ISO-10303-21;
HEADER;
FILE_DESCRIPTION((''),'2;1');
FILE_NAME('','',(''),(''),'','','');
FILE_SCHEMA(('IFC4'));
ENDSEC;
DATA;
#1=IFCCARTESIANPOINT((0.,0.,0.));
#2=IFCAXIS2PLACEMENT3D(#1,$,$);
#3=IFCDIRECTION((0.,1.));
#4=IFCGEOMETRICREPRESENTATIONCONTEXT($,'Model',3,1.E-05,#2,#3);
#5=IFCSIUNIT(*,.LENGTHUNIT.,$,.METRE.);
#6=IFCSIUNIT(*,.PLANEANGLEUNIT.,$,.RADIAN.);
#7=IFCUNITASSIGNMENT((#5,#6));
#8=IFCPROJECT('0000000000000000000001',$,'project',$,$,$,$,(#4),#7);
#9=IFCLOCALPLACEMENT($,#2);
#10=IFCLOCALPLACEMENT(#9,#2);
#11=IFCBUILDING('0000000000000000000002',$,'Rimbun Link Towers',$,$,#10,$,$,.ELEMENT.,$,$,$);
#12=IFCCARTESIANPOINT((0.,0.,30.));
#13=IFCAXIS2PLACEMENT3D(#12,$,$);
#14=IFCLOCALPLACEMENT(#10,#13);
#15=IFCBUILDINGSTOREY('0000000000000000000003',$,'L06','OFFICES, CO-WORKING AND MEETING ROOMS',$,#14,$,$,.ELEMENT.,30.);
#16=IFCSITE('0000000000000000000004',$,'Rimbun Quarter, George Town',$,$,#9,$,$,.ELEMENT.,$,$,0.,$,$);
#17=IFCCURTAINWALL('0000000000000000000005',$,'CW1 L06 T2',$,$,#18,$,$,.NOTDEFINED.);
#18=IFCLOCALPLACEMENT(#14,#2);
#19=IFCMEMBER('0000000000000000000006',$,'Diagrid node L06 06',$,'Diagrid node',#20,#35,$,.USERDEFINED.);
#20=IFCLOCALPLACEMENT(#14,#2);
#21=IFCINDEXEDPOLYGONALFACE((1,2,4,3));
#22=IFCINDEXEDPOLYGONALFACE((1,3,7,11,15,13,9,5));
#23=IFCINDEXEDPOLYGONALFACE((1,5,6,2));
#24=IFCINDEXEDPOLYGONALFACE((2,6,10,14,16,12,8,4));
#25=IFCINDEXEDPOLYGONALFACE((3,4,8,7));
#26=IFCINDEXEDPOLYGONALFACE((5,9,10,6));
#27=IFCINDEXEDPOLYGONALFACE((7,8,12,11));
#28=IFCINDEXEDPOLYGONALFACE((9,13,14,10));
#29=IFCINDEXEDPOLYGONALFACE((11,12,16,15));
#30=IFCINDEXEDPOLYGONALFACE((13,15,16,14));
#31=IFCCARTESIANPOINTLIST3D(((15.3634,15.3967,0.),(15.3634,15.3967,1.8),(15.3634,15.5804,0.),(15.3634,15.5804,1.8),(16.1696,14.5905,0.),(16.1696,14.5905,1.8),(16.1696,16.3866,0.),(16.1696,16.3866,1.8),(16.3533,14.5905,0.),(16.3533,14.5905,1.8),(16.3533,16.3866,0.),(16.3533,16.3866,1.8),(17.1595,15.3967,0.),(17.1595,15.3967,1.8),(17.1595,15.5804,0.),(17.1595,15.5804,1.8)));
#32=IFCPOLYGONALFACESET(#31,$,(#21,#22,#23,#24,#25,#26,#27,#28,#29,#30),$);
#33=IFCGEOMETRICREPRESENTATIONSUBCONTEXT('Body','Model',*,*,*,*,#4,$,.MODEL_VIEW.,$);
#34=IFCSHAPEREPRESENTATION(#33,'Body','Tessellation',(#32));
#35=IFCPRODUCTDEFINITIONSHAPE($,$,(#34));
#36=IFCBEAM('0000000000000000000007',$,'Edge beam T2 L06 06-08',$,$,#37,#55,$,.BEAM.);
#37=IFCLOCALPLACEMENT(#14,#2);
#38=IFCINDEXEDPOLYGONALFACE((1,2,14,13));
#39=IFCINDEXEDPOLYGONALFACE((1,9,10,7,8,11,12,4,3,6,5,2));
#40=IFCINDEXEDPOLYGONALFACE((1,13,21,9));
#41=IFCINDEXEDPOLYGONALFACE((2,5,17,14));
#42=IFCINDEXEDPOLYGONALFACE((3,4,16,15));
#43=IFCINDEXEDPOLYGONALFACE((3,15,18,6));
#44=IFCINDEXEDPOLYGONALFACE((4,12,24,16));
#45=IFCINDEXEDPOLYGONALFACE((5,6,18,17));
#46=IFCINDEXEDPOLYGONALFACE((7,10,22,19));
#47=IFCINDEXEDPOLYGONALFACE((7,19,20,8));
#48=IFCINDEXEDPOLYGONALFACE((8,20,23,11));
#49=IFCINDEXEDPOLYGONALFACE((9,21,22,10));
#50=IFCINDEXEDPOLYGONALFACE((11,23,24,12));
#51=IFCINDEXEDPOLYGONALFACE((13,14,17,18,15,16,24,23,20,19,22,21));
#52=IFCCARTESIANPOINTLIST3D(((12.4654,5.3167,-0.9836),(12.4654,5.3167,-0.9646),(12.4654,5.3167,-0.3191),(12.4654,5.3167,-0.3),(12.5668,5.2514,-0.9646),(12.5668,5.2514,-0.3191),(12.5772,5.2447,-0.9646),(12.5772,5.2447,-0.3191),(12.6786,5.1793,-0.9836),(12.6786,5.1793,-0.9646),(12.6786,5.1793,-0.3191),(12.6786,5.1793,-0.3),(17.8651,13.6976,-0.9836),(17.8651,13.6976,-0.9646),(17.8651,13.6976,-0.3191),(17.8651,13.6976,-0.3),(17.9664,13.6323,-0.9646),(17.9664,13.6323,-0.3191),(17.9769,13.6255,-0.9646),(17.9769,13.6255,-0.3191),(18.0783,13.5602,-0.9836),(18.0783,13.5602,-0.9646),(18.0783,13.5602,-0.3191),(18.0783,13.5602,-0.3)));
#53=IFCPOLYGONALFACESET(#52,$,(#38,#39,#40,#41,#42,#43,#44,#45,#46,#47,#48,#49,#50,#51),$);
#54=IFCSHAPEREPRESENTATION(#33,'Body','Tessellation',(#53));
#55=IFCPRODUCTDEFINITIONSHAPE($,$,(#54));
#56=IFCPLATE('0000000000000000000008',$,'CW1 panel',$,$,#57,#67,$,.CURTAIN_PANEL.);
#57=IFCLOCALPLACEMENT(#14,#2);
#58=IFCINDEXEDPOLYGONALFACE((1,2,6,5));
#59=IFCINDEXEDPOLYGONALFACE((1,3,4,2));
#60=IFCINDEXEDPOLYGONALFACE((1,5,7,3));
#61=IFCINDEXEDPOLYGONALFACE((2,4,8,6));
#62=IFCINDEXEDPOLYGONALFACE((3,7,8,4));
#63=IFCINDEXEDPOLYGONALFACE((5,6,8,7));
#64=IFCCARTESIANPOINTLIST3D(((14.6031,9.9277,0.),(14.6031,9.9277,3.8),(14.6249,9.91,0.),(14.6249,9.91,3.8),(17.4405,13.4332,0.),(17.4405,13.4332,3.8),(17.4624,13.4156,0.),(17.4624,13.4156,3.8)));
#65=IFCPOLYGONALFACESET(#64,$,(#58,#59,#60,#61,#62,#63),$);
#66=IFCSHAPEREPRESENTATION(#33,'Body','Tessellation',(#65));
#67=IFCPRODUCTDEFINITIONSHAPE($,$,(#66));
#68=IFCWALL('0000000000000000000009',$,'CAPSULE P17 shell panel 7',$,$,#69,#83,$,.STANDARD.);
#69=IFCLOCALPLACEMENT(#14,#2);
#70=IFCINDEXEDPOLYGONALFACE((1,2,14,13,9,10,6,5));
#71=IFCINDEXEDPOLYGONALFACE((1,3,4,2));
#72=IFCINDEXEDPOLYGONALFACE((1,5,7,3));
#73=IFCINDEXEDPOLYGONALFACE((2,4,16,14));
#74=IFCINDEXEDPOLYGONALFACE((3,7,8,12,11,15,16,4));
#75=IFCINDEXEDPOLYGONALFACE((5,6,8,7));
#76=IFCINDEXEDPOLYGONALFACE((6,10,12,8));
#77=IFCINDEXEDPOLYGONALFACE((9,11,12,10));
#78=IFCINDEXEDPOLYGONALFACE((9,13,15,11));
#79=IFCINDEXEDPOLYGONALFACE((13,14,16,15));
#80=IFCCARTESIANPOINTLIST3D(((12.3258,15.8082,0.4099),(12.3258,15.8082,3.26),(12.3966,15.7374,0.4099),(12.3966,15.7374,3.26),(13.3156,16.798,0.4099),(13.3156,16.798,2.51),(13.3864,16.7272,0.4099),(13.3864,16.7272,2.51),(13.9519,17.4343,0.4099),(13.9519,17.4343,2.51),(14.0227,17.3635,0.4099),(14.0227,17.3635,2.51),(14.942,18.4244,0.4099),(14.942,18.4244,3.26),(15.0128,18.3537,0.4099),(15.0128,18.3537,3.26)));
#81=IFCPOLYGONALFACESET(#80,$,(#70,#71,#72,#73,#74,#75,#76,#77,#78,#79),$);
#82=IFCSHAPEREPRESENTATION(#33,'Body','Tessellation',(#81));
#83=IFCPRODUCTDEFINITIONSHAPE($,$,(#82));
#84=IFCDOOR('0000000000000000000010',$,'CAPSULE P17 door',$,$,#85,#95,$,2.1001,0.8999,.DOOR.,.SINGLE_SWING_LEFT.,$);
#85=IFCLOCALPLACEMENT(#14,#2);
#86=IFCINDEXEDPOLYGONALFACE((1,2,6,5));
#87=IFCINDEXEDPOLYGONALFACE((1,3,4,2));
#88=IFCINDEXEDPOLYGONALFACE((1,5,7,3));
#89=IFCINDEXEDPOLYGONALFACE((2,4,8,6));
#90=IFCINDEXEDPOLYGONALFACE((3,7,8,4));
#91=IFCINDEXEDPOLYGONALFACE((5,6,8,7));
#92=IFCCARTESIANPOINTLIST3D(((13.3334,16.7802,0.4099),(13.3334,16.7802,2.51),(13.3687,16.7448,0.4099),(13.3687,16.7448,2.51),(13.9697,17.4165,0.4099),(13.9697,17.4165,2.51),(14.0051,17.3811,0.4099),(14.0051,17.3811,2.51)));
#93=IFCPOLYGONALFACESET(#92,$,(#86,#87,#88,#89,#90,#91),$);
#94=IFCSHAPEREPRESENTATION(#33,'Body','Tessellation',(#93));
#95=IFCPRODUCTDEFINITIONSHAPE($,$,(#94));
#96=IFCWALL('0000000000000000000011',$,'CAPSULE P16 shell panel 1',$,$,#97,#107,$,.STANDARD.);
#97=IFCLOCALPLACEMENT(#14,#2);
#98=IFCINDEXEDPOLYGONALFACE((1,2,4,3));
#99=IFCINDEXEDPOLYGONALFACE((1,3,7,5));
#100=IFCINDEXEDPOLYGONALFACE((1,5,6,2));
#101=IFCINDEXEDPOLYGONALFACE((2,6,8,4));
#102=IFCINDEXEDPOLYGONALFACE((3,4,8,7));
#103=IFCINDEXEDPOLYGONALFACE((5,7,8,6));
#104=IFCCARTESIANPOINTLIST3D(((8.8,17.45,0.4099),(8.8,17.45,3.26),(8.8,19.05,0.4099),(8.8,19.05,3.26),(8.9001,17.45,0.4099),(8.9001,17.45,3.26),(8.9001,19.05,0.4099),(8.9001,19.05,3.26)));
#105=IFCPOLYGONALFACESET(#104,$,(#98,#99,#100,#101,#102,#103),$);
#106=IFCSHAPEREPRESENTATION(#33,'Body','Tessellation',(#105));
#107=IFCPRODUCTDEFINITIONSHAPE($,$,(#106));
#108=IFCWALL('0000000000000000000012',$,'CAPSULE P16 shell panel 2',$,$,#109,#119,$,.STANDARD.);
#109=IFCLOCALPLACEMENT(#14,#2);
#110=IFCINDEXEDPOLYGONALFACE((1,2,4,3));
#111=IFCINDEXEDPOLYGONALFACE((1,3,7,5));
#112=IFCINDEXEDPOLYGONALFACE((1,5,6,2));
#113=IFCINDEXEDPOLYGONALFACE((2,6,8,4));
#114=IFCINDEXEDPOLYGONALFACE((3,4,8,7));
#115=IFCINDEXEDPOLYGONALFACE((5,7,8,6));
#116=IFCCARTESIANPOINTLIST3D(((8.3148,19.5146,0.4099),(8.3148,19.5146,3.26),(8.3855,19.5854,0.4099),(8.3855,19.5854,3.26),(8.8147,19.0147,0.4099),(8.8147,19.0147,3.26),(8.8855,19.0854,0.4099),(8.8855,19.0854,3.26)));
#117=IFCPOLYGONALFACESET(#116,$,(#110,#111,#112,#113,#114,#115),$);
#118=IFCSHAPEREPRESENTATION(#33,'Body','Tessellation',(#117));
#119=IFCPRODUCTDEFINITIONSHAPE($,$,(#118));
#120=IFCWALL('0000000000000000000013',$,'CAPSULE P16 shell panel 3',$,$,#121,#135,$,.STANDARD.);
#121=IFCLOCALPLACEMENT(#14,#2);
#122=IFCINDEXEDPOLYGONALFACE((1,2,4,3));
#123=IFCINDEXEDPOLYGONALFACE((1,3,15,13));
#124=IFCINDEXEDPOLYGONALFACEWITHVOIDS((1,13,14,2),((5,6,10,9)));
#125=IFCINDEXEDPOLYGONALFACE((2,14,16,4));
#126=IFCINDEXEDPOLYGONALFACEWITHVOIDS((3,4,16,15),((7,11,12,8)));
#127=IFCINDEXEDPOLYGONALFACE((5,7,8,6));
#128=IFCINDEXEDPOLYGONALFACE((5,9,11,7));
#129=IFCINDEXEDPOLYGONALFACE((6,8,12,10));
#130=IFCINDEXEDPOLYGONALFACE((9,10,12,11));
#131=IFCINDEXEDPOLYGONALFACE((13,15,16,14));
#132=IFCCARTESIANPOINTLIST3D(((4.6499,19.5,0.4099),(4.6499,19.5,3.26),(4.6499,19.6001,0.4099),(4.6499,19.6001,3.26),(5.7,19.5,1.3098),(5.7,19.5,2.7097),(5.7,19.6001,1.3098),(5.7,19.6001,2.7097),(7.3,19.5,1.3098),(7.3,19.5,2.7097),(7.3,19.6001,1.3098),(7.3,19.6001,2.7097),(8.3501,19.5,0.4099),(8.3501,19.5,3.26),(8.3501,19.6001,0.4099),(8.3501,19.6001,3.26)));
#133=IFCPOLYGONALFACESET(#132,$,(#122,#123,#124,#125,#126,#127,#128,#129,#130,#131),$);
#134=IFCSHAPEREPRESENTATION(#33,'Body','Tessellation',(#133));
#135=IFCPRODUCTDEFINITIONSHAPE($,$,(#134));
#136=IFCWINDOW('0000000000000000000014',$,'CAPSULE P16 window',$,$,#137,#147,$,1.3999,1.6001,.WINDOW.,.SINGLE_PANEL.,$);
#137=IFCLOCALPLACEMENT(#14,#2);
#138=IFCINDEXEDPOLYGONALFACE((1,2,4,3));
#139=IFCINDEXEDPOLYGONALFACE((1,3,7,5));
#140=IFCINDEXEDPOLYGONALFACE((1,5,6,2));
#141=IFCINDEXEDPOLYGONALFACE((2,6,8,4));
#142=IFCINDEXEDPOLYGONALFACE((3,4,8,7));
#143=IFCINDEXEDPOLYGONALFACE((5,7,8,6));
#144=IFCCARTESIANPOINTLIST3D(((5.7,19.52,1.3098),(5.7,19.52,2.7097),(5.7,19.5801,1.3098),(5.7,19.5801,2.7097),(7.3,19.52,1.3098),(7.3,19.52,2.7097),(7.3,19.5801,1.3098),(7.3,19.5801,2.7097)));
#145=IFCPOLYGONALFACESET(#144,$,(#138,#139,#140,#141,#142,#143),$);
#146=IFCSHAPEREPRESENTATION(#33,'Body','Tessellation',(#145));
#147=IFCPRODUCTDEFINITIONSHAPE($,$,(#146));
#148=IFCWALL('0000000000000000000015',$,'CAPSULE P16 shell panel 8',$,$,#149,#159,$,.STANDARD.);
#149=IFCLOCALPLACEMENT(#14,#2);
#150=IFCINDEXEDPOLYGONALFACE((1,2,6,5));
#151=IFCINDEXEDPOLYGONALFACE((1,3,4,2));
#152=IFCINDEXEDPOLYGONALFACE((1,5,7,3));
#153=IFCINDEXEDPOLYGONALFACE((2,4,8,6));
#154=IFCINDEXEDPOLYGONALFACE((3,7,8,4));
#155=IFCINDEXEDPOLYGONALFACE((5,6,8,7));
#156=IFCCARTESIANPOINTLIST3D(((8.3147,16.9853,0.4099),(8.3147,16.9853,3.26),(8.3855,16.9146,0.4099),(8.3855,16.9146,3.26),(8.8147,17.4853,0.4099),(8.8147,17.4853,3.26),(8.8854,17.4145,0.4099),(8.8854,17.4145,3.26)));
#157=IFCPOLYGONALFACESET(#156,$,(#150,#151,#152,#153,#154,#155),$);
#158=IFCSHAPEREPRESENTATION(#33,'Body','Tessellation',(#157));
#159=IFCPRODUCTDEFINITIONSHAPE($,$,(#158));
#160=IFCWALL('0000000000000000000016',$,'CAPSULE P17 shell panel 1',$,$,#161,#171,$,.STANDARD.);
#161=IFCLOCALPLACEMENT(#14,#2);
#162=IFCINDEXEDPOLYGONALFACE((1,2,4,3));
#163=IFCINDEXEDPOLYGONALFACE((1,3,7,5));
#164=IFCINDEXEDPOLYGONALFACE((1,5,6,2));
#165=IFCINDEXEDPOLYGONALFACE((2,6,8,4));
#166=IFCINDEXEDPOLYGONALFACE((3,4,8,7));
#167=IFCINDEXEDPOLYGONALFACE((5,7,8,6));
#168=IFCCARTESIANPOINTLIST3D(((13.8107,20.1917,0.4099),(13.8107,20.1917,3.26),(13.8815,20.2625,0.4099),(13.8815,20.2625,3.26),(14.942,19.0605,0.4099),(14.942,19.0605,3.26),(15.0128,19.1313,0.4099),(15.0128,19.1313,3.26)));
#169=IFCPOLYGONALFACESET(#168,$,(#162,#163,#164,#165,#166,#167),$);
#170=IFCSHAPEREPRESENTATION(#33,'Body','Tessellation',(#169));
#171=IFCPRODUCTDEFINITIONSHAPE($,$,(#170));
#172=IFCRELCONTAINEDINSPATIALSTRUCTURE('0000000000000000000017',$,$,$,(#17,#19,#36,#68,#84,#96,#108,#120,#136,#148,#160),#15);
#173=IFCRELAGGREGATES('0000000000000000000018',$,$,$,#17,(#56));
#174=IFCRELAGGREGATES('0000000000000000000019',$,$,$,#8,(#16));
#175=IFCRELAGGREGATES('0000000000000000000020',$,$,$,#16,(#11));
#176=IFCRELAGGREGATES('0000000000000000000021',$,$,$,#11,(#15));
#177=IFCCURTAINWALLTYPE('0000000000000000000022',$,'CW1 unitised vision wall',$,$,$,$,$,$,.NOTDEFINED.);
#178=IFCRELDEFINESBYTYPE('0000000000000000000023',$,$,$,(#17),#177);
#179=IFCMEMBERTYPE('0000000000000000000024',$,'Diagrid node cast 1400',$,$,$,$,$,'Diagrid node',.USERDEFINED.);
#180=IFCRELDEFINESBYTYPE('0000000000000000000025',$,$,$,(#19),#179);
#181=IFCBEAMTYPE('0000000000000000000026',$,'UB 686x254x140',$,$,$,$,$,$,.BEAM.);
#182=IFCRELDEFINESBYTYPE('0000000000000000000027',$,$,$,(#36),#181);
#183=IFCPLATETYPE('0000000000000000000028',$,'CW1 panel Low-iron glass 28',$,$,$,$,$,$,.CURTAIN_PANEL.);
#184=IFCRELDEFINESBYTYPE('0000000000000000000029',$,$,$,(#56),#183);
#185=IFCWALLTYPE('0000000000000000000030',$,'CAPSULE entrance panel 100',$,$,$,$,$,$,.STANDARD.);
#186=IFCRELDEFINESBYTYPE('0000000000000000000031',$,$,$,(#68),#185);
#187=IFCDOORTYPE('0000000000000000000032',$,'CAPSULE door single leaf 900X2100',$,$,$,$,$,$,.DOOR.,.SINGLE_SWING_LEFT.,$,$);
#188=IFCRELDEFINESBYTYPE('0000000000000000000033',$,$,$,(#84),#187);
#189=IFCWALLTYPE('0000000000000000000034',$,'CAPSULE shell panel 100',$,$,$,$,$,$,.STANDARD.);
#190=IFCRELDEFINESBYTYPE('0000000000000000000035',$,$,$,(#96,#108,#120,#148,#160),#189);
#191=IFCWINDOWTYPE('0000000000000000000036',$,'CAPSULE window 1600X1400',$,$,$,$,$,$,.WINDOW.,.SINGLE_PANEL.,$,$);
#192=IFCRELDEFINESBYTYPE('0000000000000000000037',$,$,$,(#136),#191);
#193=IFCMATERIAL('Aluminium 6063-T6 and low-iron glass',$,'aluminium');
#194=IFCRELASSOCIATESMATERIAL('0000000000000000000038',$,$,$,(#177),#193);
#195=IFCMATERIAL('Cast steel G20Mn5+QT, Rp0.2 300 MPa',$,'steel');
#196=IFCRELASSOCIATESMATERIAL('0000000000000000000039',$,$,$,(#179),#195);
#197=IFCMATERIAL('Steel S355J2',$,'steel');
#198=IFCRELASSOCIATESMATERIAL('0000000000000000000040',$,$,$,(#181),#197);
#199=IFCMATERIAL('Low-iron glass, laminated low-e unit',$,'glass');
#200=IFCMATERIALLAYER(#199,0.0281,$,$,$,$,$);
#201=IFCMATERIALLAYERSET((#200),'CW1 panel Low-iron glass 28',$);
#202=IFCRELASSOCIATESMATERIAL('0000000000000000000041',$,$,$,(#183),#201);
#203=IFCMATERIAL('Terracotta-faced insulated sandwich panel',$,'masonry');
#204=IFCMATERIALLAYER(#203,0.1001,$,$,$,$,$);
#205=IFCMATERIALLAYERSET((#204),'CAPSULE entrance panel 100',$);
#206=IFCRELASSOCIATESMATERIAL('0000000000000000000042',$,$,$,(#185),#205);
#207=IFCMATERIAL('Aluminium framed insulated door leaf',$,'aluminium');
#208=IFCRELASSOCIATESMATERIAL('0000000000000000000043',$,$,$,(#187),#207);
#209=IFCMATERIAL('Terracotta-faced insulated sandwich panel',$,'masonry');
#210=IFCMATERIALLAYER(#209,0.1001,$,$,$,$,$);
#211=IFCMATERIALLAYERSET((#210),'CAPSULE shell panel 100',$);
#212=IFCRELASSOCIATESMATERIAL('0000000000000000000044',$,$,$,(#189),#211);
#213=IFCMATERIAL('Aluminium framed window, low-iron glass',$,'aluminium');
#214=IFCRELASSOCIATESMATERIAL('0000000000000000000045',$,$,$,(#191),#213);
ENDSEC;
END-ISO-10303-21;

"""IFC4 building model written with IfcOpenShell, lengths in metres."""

from ifc_helpers import new_model, si_unit, direction, frame, frame_2d, origin, origin_2d, place, context, subcontext, project, spatial, polyline, rectangle, i_section, outline, extrude, material, layer, layer_set, material_profile, profile_set, type_object, element, fill, aggregate, save


model = new_model("IFC4")

# Units and contexts
model_context = context("Model", 3, precision=1e-05, world=origin(), true_north=direction((0.0, 1.0)))
body_context = subcontext(model_context, "Body", "Model", "MODEL_VIEW")
ifc_project = project(units=[si_unit("LENGTHUNIT", "METRE"), si_unit("PLANEANGLEUNIT", "RADIAN")], contexts=[model_context])

# Site, building, storey
site_placement = place(None, origin())
site = spatial("IfcSite", under=ifc_project, at=site_placement, Name="Rimbun Quarter, George Town", CompositionType="ELEMENT", RefElevation=0.0)
building_placement = place(site_placement, origin())
building = spatial("IfcBuilding", under=site, at=building_placement, Name="Rimbun Link Towers", CompositionType="ELEMENT")
storey_placement = place(building_placement, frame((0.0, 0.0, 30.0)))
storey = spatial("IfcBuildingStorey", under=building, at=storey_placement, Name="L06", Description="OFFICES, CO-WORKING AND MEETING ROOMS", CompositionType="ELEMENT", Elevation=30.0)

# Curtain wall
ifc_material_1 = material(Name="Aluminium 6063-T6 and low-iron glass", Category="aluminium")
curtain_wall_type = type_object("IfcCurtainWallType", Name="CW1 unitised vision wall", PredefinedType="NOTDEFINED", material=ifc_material_1)
curtain_wall_placement = place(storey_placement, origin())
curtain_wall = element("IfcCurtainWall", 1, at=curtain_wall_placement, inside=storey, type_object=curtain_wall_type, Name="CW1 L06 T2", PredefinedType="NOTDEFINED")

# Member
ifc_material_2 = material(Name="Cast steel G20Mn5+QT, Rp0.2 300 MPa", Category="steel")
ifc_material_profile_1 = material_profile(ifc_material_2, outline(polyline([(0.7, -0.5701), (0.7, 0.5701), (0.5701, 0.7), (-0.5701, 0.7), (-0.7, 0.5701), (-0.7, -0.5701), (-0.5701, -0.7), (0.5701, -0.7), (0.7, -0.5701)])), Name="NODE 1400x1400")
ifc_profile_set_1 = profile_set([ifc_material_profile_1], Name="Cast steel G20Mn5+QT, Rp0.2 300 MPa")
member_type_1 = type_object("IfcMemberType", Name="Diagrid node cast 1400", ElementType="Diagrid node", PredefinedType="USERDEFINED", material=ifc_profile_set_1)
member_1_placement = place(storey_placement, frame((16.2615, 15.4885, 0.0), z_axis=(0.0, 0.0, 1.0), x_axis=(-0.707107, 0.707107, 0.0)))
element("IfcMember", 2, at=member_1_placement, inside=storey, type_object=member_type_1, Name="Diagrid node L06 06", ObjectType="Diagrid node", PredefinedType="USERDEFINED", context=body_context, shape_type="SweptSolid", body=[
    extrude(outline(polyline([(0.7, -0.5701), (0.7, 0.5701), (0.5701, 0.7), (-0.5701, 0.7), (-0.7, 0.5701), (-0.7, -0.5701), (-0.5701, -0.7), (0.5701, -0.7), (0.7, -0.5701)])), origin(), (0.0, 0.0, 1.0), 1.8),
])

# Beam
ifc_material_3 = material(Name="Steel S355J2", Category="steel")
ifc_material_profile_2 = material_profile(ifc_material_3, i_section(OverallWidth=0.2537, OverallDepth=0.6836, WebThickness=0.0125, FlangeThickness=0.019, at=origin_2d()), Name="UB 686x254x140")
ifc_profile_set_2 = profile_set([ifc_material_profile_2], Name="Steel S355J2")
beam_type = type_object("IfcBeamType", Name="UB 686x254x140", PredefinedType="BEAM", material=ifc_profile_set_2)
beam_placement = place(storey_placement, frame((17.9717, 13.6289, -0.6418), z_axis=(-0.541606, -0.840632, 0.0), x_axis=(0.840632, -0.541606, 0.0)))
element("IfcBeam", 3, at=beam_placement, inside=storey, type_object=beam_type, Name="Edge beam T2 L06 06-08", PredefinedType="BEAM", context=body_context, shape_type="SweptSolid", body=[
    extrude(i_section(OverallWidth=0.2537, OverallDepth=0.6836, WebThickness=0.0125, FlangeThickness=0.019, at=origin_2d()), origin(), (0.0, 0.0, 1.0), 9.9697),
])

# Plate
ifc_material_4 = material(Name="Low-iron glass, laminated low-e unit", Category="glass")
ifc_layer_1 = layer(ifc_material_4, 0.0281)
ifc_layer_set_1 = layer_set([ifc_layer_1], Name="CW1 panel Low-iron glass 28")
plate_type = type_object("IfcPlateType", Name="CW1 panel Low-iron glass 28", PredefinedType="CURTAIN_PANEL", material=ifc_layer_set_1)
plate_placement = place(storey_placement, frame((16.0327, 11.6716, 0.0), z_axis=(0.0, 0.0, 1.0), x_axis=(0.629151, 0.777283, 0.0)))
plate = element("IfcPlate", 4, at=plate_placement, type_object=plate_type, Name="CW1 panel", PredefinedType="CURTAIN_PANEL", context=body_context, shape_type="SweptSolid", body=[
    extrude(rectangle(XDim=4.51, YDim=0.0281, at=origin_2d()), origin(), (0.0, 0.0, 1.0), 3.8),
])
aggregate(curtain_wall, [plate])

# Wall, opening, door
ifc_material_5 = material(Name="Terracotta-faced insulated sandwich panel", Category="masonry")
ifc_layer_2 = layer(ifc_material_5, 0.1001)
ifc_layer_set_2 = layer_set([ifc_layer_2], Name="CAPSULE entrance panel 100")
wall_type_1 = type_object("IfcWallType", Name="CAPSULE entrance panel 100", PredefinedType="STANDARD", material=ifc_layer_set_2)
wall_1_placement = place(storey_placement, frame((12.3611, 15.7727, 0.4099), z_axis=(0.0, 0.0, 1.0), x_axis=(0.707107, 0.707107, 0.0)))
wall_1 = element("IfcWall", 5, at=wall_1_placement, inside=storey, type_object=wall_type_1, Name="CAPSULE P17 shell panel 7", PredefinedType="STANDARD", context=body_context, shape_type="SweptSolid", body=[
    extrude(rectangle(XDim=3.7, YDim=0.1001, at=frame_2d((1.8501, 0.0))), origin(), (0.0, 0.0, 1.0), 2.8501),
])
opening_1_placement = place(wall_1_placement, frame((1.3999, 0.0, 0.0)))
opening_1 = element("IfcOpeningElement", 6, at=opening_1_placement, cuts=wall_1, PredefinedType="OPENING", context=body_context, shape_type="SweptSolid", body=[
    extrude(rectangle(XDim=0.8999, YDim=2.1001, at=frame_2d((0.45, 1.05))), frame((0.0, 0.0601, 0.0), z_axis=(0.0, -1.0, 0.0), x_axis=(1.0, 0.0, 0.0)), (0.0, 0.0, 1.0), 0.1201),
])
ifc_material_6 = material(Name="Aluminium framed insulated door leaf", Category="aluminium")
door_type = type_object("IfcDoorType", Name="CAPSULE door single leaf 900X2100", OperationType="SINGLE_SWING_LEFT", PredefinedType="DOOR", material=ifc_material_6)
door_placement = place(opening_1_placement, origin())
door = element("IfcDoor", 7, at=door_placement, inside=storey, type_object=door_type, Name="CAPSULE P17 door", OperationType="SINGLE_SWING_LEFT", OverallHeight=2.1001, OverallWidth=0.8999, PredefinedType="DOOR", context=body_context, shape_type="SweptSolid", body=[
    extrude(rectangle(XDim=0.8999, YDim=2.1001, at=frame_2d((0.45, 1.05))), frame((0.0, 0.0249, 0.0), z_axis=(0.0, -1.0, 0.0), x_axis=(1.0, 0.0, 0.0)), (0.0, 0.0, 1.0), 0.05),
])
fill(opening_1, door)

# Walls
ifc_material_7 = material(Name="Terracotta-faced insulated sandwich panel", Category="masonry")
ifc_layer_3 = layer(ifc_material_7, 0.1001)
ifc_layer_set_3 = layer_set([ifc_layer_3], Name="CAPSULE shell panel 100")
wall_type_2 = type_object("IfcWallType", Name="CAPSULE shell panel 100", PredefinedType="STANDARD", material=ifc_layer_set_3)
wall_2_placement = place(storey_placement, frame((8.8501, 17.45, 0.4099), z_axis=(0.0, 0.0, 1.0), x_axis=(0.0, 1.0, 0.0)))
element("IfcWall", 8, at=wall_2_placement, inside=storey, type_object=wall_type_2, Name="CAPSULE P16 shell panel 1", PredefinedType="STANDARD", context=body_context, shape_type="SweptSolid", body=[
    extrude(rectangle(XDim=1.6001, YDim=0.1001, at=frame_2d((0.8, 0.0))), origin(), (0.0, 0.0, 1.0), 2.8501),
])
wall_3_placement = place(storey_placement, frame((8.8501, 19.05, 0.4099), z_axis=(0.0, 0.0, 1.0), x_axis=(-0.707107, 0.707107, 0.0)))
element("IfcWall", 9, at=wall_3_placement, inside=storey, type_object=wall_type_2, Name="CAPSULE P16 shell panel 2", PredefinedType="STANDARD", context=body_context, shape_type="SweptSolid", body=[
    extrude(rectangle(XDim=0.707, YDim=0.1001, at=frame_2d((0.3535, 0.0))), origin(), (0.0, 0.0, 1.0), 2.8501),
])

# Wall, opening, window
wall_4_placement = place(storey_placement, frame((8.3501, 19.55, 0.4099), z_axis=(0.0, 0.0, 1.0), x_axis=(-1.0, 0.0, 0.0)))
wall_4 = element("IfcWall", 10, at=wall_4_placement, inside=storey, type_object=wall_type_2, Name="CAPSULE P16 shell panel 3", PredefinedType="STANDARD", context=body_context, shape_type="SweptSolid", body=[
    extrude(rectangle(XDim=3.7002, YDim=0.1001, at=frame_2d((1.8501, 0.0))), origin(), (0.0, 0.0, 1.0), 2.8501),
])
opening_2_placement = place(wall_4_placement, frame((1.05, 0.0, 0.8999)))
opening_2 = element("IfcOpeningElement", 11, at=opening_2_placement, cuts=wall_4, PredefinedType="OPENING", context=body_context, shape_type="SweptSolid", body=[
    extrude(rectangle(XDim=1.6001, YDim=1.3999, at=frame_2d((0.8, 0.7))), frame((0.0, 0.0601, 0.0), z_axis=(0.0, -1.0, 0.0), x_axis=(1.0, 0.0, 0.0)), (0.0, 0.0, 1.0), 0.1201),
])
ifc_material_8 = material(Name="Aluminium framed window, low-iron glass", Category="aluminium")
window_type = type_object("IfcWindowType", Name="CAPSULE window 1600X1400", PartitioningType="SINGLE_PANEL", PredefinedType="WINDOW", material=ifc_material_8)
window_1_placement = place(opening_2_placement, origin())
window_1 = element("IfcWindow", 12, at=window_1_placement, inside=storey, type_object=window_type, Name="CAPSULE P16 window", OverallHeight=1.3999, OverallWidth=1.6001, PartitioningType="SINGLE_PANEL", PredefinedType="WINDOW", context=body_context, shape_type="SweptSolid", body=[
    extrude(rectangle(XDim=1.6001, YDim=1.3999, at=frame_2d((0.8, 0.7))), frame((0.0, 0.03, 0.0), z_axis=(0.0, -1.0, 0.0), x_axis=(1.0, 0.0, 0.0)), (0.0, 0.0, 1.0), 0.0601),
])
fill(opening_2, window_1)

# Walls
wall_5_placement = place(storey_placement, frame((8.3501, 16.95, 0.4099), z_axis=(0.0, 0.0, 1.0), x_axis=(0.707107, 0.707107, 0.0)))
element("IfcWall", 13, at=wall_5_placement, inside=storey, type_object=wall_type_2, Name="CAPSULE P16 shell panel 8", PredefinedType="STANDARD", context=body_context, shape_type="SweptSolid", body=[
    extrude(rectangle(XDim=0.707, YDim=0.1001, at=frame_2d((0.3535, 0.0))), origin(), (0.0, 0.0, 1.0), 2.8501),
])
wall_6_placement = place(storey_placement, frame((14.9773, 19.0959, 0.4099), z_axis=(0.0, 0.0, 1.0), x_axis=(-0.707107, 0.707107, 0.0)))
element("IfcWall", 14, at=wall_6_placement, inside=storey, type_object=wall_type_2, Name="CAPSULE P17 shell panel 1", PredefinedType="STANDARD", context=body_context, shape_type="SweptSolid", body=[
    extrude(rectangle(XDim=1.5999, YDim=0.1001, at=frame_2d((0.7998, 0.0))), origin(), (0.0, 0.0, 1.0), 2.8501),
])

save(model, "model.ifc")
